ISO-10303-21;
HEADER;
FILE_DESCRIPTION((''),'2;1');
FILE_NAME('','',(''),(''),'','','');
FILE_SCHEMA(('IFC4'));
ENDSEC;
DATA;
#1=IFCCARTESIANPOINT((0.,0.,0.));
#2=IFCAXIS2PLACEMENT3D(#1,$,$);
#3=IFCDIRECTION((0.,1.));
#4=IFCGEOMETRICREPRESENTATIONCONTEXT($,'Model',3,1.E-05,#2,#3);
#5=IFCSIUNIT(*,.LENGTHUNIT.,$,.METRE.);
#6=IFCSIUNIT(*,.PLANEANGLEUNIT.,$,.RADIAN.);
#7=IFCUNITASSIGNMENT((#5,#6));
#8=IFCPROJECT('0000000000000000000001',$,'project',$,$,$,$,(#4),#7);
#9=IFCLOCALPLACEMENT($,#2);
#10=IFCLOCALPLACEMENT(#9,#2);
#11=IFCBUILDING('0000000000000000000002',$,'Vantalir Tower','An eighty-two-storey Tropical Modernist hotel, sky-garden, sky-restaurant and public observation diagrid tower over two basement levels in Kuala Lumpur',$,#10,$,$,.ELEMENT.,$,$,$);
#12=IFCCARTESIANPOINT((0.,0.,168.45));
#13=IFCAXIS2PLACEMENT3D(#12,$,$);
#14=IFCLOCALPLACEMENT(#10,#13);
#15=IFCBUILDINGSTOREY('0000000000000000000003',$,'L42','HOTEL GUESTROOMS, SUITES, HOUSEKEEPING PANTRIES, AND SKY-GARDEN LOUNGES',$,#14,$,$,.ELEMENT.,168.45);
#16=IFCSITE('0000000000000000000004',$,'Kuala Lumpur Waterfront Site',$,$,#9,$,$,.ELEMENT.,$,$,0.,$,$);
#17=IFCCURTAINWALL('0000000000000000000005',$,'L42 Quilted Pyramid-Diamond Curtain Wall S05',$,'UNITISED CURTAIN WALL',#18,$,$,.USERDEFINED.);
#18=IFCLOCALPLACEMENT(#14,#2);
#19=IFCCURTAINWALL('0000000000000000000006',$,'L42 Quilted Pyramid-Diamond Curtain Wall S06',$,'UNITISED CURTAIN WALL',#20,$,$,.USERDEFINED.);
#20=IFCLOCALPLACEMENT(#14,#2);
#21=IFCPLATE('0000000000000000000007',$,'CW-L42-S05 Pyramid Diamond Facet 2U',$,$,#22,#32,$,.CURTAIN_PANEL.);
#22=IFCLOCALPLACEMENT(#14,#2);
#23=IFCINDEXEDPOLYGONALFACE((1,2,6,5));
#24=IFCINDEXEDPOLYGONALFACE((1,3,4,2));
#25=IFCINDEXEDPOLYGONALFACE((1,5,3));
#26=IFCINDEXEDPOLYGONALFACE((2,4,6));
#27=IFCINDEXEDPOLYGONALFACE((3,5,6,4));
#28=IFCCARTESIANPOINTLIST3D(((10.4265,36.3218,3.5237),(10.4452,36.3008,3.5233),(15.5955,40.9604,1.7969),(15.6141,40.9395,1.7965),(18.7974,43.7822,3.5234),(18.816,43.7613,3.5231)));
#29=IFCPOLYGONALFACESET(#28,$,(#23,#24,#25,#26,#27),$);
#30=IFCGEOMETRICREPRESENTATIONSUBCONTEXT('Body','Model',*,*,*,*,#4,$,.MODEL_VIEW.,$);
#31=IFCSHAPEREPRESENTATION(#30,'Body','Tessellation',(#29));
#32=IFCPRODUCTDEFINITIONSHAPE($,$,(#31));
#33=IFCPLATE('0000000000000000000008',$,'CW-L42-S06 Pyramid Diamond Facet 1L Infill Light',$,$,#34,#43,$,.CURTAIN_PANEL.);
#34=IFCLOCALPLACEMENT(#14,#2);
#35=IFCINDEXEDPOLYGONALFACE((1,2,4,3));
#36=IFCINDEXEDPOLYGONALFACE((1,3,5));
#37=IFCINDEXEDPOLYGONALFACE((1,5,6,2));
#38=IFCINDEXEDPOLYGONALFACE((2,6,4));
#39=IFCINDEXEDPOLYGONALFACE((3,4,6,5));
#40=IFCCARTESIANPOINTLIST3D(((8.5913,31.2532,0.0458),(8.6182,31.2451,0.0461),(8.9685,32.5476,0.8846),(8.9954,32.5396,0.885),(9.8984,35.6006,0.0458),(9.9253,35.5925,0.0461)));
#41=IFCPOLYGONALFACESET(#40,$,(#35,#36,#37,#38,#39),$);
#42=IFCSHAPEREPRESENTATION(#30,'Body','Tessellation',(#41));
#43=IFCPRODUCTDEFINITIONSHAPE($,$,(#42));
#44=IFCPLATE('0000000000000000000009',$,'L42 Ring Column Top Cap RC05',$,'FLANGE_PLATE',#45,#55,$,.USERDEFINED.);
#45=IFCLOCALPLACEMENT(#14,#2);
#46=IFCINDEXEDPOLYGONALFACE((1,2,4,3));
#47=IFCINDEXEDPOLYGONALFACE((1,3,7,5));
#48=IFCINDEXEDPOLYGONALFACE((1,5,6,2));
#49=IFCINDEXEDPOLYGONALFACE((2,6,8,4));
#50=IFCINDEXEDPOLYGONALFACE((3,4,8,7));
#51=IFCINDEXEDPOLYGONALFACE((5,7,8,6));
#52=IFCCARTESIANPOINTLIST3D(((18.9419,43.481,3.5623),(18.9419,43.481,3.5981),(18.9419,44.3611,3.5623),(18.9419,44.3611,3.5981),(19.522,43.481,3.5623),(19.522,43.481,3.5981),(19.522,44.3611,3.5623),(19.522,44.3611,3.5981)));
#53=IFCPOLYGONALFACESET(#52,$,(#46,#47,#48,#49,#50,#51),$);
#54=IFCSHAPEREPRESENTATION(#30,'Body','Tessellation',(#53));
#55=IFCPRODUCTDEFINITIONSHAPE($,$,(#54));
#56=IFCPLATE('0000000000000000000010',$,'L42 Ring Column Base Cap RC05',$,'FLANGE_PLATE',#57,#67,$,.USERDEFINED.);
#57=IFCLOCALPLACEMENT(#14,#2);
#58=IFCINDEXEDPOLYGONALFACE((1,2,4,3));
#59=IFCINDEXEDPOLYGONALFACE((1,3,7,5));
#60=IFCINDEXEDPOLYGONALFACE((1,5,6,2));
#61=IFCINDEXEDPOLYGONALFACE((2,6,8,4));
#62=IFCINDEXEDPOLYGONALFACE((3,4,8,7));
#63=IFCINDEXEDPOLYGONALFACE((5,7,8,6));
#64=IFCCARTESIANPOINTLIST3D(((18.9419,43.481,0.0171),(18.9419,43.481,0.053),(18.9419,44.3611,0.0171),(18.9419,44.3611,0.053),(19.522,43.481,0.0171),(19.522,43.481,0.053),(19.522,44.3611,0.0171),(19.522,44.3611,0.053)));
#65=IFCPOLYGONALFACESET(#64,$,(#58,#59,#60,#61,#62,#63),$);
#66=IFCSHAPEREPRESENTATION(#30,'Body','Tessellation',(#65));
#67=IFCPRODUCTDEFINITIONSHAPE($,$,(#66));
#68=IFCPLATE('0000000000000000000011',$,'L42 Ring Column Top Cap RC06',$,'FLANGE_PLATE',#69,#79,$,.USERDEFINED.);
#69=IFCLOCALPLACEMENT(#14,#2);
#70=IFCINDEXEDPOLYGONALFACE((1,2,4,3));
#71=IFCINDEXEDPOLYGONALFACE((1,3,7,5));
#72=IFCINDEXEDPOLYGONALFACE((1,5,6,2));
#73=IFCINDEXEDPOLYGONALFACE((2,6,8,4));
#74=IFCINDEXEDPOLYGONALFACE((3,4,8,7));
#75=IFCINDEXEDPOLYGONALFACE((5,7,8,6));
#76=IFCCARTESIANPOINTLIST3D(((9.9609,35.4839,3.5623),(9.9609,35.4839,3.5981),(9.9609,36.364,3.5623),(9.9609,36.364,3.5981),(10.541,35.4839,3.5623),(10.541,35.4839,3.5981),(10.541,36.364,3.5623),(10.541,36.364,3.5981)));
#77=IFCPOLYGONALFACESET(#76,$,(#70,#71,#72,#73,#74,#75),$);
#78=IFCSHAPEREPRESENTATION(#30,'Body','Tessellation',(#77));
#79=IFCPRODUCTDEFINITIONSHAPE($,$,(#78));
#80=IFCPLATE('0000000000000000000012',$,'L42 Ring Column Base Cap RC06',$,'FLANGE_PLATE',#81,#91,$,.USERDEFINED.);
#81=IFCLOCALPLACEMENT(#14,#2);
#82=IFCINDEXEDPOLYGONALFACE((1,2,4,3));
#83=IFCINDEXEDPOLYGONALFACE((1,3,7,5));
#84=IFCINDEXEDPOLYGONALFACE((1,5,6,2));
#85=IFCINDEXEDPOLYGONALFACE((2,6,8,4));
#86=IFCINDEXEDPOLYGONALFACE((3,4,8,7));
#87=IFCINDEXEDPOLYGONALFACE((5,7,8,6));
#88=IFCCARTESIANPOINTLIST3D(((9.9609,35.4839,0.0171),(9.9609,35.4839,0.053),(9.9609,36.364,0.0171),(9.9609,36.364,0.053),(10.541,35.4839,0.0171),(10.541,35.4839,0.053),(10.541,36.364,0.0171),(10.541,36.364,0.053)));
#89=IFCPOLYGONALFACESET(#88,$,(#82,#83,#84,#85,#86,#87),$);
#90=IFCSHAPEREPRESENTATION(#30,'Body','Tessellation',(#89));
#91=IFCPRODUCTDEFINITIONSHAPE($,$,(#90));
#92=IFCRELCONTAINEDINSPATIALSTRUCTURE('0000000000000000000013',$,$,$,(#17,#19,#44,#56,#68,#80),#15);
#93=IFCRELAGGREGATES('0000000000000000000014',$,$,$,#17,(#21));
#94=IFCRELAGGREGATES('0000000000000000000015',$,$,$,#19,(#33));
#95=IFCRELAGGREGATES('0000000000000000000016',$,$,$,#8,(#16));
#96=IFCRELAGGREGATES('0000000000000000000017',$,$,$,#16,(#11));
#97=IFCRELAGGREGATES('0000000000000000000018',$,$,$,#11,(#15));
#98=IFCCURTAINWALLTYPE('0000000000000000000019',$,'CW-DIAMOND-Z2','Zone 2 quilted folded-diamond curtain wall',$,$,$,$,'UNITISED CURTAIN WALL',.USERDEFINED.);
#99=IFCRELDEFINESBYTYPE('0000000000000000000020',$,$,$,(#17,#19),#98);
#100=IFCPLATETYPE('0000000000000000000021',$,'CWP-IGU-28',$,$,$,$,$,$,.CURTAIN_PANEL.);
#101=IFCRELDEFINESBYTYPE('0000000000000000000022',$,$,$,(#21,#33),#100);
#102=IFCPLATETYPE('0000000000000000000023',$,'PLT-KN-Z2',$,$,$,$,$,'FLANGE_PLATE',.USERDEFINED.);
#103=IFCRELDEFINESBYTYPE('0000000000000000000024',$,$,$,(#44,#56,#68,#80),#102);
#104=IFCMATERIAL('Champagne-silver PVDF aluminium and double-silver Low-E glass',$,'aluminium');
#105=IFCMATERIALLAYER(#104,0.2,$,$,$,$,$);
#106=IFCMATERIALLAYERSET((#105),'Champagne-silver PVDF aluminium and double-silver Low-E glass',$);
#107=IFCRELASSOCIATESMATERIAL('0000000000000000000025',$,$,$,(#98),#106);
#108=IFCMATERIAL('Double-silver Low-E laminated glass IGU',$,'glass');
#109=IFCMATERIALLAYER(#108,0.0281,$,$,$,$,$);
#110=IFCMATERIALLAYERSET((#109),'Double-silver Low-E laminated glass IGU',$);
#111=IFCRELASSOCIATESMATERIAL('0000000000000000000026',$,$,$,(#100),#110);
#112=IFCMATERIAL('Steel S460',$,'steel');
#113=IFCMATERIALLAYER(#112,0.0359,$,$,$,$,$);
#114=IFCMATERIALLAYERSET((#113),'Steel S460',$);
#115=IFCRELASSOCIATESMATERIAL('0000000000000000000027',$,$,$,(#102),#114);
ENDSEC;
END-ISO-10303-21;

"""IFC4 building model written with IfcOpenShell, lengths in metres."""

from ifc_helpers import new_model, si_unit, direction, frame, origin, place, context, subcontext, project, spatial, polyline, outline, extrude, material, layer, layer_set, type_object, element, aggregate, save


model = new_model("IFC4")

# Units and contexts
model_context = context("Model", 3, precision=1e-05, world=origin(), true_north=direction((0.0, 1.0)))
body_context = subcontext(model_context, "Body", "Model", "MODEL_VIEW")
ifc_project = project(units=[si_unit("LENGTHUNIT", "METRE"), si_unit("PLANEANGLEUNIT", "RADIAN")], contexts=[model_context])

# Site, building, storey
site_placement = place(None, origin())
site = spatial("IfcSite", under=ifc_project, at=site_placement, Name="Kuala Lumpur Waterfront Site", CompositionType="ELEMENT", RefElevation=0.0)
building_placement = place(site_placement, origin())
building = spatial("IfcBuilding", under=site, at=building_placement, Name="Vantalir Tower", Description="An eighty-two-storey Tropical Modernist hotel, sky-garden, sky-restaurant and public observation diagrid tower over two basement levels in Kuala Lumpur", CompositionType="ELEMENT")
storey_placement = place(building_placement, frame((0.0, 0.0, 168.45)))
storey = spatial("IfcBuildingStorey", under=building, at=storey_placement, Name="L42", Description="HOTEL GUESTROOMS, SUITES, HOUSEKEEPING PANTRIES, AND SKY-GARDEN LOUNGES", CompositionType="ELEMENT", Elevation=168.45)

# Shared definitions
ifc_material_1 = material(Name="Steel S460", Category="steel")

# Shared definitions
ifc_material_2 = material(Name="Champagne-silver PVDF aluminium and double-silver Low-E glass", Category="aluminium")
ifc_layer_1 = layer(ifc_material_2, 0.2)
ifc_layer_set_1 = layer_set([ifc_layer_1], Name="Champagne-silver PVDF aluminium and double-silver Low-E glass")
curtain_wall_type = type_object("IfcCurtainWallType", Name="CW-DIAMOND-Z2", Description="Zone 2 quilted folded-diamond curtain wall", ElementType="UNITISED CURTAIN WALL", PredefinedType="USERDEFINED", material=ifc_layer_set_1)

# Curtain wall
curtain_wall_1_placement = place(storey_placement, origin())
curtain_wall_1 = element("IfcCurtainWall", 1, at=curtain_wall_1_placement, inside=storey, type_object=curtain_wall_type, Name="L42 Quilted Pyramid-Diamond Curtain Wall S05", ObjectType="UNITISED CURTAIN WALL", PredefinedType="USERDEFINED")

# Curtain wall
curtain_wall_2_placement = place(storey_placement, origin())
curtain_wall_2 = element("IfcCurtainWall", 2, at=curtain_wall_2_placement, inside=storey, type_object=curtain_wall_type, Name="L42 Quilted Pyramid-Diamond Curtain Wall S06", ObjectType="UNITISED CURTAIN WALL", PredefinedType="USERDEFINED")

# Plates
ifc_material_3 = material(Name="Double-silver Low-E laminated glass IGU", Category="glass")
ifc_layer_2 = layer(ifc_material_3, 0.0281)
ifc_layer_set_2 = layer_set([ifc_layer_2], Name="Double-silver Low-E laminated glass IGU")
plate_type_1 = type_object("IfcPlateType", Name="CWP-IGU-28", PredefinedType="CURTAIN_PANEL", material=ifc_layer_set_2)
plate_1_placement = place(storey_placement, frame((10.4265, 36.3218, 3.5237), z_axis=(-0.665281, 0.746466, 0.013788), x_axis=(0.746537, 0.665344, -0.000022)))
plate_1 = element("IfcPlate", 3, at=plate_1_placement, type_object=plate_type_1, Name="CW-L42-S05 Pyramid Diamond Facet 2U", PredefinedType="CURTAIN_PANEL", context=body_context, shape_type="SweptSolid", body=[
    extrude(outline(polyline([(0.0, 0.0), (11.2129, 0.0), (6.9452, 1.7268), (0.0, 0.0)])), origin(), (0.0, 0.0, -1.0), 0.0281),
])
aggregate(curtain_wall_1, [plate_1])
plate_2_placement = place(storey_placement, frame((9.9253, 35.5925, 0.0461), z_axis=(0.95756, -0.287908, 0.013695), x_axis=(-0.287935, -0.95765, 0.0)))
plate_2 = element("IfcPlate", 4, at=plate_2_placement, type_object=plate_type_1, Name="CW-L42-S06 Pyramid Diamond Facet 1L Infill Light", PredefinedType="CURTAIN_PANEL", context=body_context, shape_type="SweptSolid", body=[
    extrude(outline(polyline([(0.0, 0.0), (4.5397, 0.0), (3.1914, -0.8389), (0.0, 0.0)])), origin(), (0.0, 0.0, -1.0), 0.0281),
])
aggregate(curtain_wall_2, [plate_2])

# Plates
ifc_layer_3 = layer(ifc_material_1, 0.0359)
ifc_layer_set_3 = layer_set([ifc_layer_3], Name="Steel S460")
plate_type_2 = type_object("IfcPlateType", Name="PLT-KN-Z2", ElementType="FLANGE_PLATE", PredefinedType="USERDEFINED", material=ifc_layer_set_3)
for number, where, z_axis, x_axis, name in (
    (5, (18.9419, 44.3611, 3.5981), (0.0, 0.0, 1.0), (0.0, -1.0, 0.0), "L42 Ring Column Top Cap RC05"),
    (6, (18.9419, 44.3611, 0.053), (0.0, 0.0, 1.0), (0.0, -1.0, 0.0), "L42 Ring Column Base Cap RC05"),
    (7, (9.9609, 36.364, 3.5981), (0.0, 0.0, 1.0), (0.0, -1.0, 0.0), "L42 Ring Column Top Cap RC06"),
    (8, (9.9609, 36.364, 0.053), (0.0, 0.0, 1.0), (0.0, -1.0, 0.0), "L42 Ring Column Base Cap RC06"),
):
    element("IfcPlate", number, at=place(storey_placement, frame(where, z_axis=z_axis, x_axis=x_axis)), inside=storey, type_object=plate_type_2, Name=name, ObjectType="FLANGE_PLATE", PredefinedType="USERDEFINED", context=body_context, shape_type="SweptSolid", body=[
        extrude(outline(polyline([(0.0, 0.0), (0.8801, 0.0), (0.8801, 0.5801), (0.0, 0.5801), (0.0, 0.0)])), origin(), (0.0, 0.0, -1.0), 0.0359),
    ])

save(model, "model.ifc")
